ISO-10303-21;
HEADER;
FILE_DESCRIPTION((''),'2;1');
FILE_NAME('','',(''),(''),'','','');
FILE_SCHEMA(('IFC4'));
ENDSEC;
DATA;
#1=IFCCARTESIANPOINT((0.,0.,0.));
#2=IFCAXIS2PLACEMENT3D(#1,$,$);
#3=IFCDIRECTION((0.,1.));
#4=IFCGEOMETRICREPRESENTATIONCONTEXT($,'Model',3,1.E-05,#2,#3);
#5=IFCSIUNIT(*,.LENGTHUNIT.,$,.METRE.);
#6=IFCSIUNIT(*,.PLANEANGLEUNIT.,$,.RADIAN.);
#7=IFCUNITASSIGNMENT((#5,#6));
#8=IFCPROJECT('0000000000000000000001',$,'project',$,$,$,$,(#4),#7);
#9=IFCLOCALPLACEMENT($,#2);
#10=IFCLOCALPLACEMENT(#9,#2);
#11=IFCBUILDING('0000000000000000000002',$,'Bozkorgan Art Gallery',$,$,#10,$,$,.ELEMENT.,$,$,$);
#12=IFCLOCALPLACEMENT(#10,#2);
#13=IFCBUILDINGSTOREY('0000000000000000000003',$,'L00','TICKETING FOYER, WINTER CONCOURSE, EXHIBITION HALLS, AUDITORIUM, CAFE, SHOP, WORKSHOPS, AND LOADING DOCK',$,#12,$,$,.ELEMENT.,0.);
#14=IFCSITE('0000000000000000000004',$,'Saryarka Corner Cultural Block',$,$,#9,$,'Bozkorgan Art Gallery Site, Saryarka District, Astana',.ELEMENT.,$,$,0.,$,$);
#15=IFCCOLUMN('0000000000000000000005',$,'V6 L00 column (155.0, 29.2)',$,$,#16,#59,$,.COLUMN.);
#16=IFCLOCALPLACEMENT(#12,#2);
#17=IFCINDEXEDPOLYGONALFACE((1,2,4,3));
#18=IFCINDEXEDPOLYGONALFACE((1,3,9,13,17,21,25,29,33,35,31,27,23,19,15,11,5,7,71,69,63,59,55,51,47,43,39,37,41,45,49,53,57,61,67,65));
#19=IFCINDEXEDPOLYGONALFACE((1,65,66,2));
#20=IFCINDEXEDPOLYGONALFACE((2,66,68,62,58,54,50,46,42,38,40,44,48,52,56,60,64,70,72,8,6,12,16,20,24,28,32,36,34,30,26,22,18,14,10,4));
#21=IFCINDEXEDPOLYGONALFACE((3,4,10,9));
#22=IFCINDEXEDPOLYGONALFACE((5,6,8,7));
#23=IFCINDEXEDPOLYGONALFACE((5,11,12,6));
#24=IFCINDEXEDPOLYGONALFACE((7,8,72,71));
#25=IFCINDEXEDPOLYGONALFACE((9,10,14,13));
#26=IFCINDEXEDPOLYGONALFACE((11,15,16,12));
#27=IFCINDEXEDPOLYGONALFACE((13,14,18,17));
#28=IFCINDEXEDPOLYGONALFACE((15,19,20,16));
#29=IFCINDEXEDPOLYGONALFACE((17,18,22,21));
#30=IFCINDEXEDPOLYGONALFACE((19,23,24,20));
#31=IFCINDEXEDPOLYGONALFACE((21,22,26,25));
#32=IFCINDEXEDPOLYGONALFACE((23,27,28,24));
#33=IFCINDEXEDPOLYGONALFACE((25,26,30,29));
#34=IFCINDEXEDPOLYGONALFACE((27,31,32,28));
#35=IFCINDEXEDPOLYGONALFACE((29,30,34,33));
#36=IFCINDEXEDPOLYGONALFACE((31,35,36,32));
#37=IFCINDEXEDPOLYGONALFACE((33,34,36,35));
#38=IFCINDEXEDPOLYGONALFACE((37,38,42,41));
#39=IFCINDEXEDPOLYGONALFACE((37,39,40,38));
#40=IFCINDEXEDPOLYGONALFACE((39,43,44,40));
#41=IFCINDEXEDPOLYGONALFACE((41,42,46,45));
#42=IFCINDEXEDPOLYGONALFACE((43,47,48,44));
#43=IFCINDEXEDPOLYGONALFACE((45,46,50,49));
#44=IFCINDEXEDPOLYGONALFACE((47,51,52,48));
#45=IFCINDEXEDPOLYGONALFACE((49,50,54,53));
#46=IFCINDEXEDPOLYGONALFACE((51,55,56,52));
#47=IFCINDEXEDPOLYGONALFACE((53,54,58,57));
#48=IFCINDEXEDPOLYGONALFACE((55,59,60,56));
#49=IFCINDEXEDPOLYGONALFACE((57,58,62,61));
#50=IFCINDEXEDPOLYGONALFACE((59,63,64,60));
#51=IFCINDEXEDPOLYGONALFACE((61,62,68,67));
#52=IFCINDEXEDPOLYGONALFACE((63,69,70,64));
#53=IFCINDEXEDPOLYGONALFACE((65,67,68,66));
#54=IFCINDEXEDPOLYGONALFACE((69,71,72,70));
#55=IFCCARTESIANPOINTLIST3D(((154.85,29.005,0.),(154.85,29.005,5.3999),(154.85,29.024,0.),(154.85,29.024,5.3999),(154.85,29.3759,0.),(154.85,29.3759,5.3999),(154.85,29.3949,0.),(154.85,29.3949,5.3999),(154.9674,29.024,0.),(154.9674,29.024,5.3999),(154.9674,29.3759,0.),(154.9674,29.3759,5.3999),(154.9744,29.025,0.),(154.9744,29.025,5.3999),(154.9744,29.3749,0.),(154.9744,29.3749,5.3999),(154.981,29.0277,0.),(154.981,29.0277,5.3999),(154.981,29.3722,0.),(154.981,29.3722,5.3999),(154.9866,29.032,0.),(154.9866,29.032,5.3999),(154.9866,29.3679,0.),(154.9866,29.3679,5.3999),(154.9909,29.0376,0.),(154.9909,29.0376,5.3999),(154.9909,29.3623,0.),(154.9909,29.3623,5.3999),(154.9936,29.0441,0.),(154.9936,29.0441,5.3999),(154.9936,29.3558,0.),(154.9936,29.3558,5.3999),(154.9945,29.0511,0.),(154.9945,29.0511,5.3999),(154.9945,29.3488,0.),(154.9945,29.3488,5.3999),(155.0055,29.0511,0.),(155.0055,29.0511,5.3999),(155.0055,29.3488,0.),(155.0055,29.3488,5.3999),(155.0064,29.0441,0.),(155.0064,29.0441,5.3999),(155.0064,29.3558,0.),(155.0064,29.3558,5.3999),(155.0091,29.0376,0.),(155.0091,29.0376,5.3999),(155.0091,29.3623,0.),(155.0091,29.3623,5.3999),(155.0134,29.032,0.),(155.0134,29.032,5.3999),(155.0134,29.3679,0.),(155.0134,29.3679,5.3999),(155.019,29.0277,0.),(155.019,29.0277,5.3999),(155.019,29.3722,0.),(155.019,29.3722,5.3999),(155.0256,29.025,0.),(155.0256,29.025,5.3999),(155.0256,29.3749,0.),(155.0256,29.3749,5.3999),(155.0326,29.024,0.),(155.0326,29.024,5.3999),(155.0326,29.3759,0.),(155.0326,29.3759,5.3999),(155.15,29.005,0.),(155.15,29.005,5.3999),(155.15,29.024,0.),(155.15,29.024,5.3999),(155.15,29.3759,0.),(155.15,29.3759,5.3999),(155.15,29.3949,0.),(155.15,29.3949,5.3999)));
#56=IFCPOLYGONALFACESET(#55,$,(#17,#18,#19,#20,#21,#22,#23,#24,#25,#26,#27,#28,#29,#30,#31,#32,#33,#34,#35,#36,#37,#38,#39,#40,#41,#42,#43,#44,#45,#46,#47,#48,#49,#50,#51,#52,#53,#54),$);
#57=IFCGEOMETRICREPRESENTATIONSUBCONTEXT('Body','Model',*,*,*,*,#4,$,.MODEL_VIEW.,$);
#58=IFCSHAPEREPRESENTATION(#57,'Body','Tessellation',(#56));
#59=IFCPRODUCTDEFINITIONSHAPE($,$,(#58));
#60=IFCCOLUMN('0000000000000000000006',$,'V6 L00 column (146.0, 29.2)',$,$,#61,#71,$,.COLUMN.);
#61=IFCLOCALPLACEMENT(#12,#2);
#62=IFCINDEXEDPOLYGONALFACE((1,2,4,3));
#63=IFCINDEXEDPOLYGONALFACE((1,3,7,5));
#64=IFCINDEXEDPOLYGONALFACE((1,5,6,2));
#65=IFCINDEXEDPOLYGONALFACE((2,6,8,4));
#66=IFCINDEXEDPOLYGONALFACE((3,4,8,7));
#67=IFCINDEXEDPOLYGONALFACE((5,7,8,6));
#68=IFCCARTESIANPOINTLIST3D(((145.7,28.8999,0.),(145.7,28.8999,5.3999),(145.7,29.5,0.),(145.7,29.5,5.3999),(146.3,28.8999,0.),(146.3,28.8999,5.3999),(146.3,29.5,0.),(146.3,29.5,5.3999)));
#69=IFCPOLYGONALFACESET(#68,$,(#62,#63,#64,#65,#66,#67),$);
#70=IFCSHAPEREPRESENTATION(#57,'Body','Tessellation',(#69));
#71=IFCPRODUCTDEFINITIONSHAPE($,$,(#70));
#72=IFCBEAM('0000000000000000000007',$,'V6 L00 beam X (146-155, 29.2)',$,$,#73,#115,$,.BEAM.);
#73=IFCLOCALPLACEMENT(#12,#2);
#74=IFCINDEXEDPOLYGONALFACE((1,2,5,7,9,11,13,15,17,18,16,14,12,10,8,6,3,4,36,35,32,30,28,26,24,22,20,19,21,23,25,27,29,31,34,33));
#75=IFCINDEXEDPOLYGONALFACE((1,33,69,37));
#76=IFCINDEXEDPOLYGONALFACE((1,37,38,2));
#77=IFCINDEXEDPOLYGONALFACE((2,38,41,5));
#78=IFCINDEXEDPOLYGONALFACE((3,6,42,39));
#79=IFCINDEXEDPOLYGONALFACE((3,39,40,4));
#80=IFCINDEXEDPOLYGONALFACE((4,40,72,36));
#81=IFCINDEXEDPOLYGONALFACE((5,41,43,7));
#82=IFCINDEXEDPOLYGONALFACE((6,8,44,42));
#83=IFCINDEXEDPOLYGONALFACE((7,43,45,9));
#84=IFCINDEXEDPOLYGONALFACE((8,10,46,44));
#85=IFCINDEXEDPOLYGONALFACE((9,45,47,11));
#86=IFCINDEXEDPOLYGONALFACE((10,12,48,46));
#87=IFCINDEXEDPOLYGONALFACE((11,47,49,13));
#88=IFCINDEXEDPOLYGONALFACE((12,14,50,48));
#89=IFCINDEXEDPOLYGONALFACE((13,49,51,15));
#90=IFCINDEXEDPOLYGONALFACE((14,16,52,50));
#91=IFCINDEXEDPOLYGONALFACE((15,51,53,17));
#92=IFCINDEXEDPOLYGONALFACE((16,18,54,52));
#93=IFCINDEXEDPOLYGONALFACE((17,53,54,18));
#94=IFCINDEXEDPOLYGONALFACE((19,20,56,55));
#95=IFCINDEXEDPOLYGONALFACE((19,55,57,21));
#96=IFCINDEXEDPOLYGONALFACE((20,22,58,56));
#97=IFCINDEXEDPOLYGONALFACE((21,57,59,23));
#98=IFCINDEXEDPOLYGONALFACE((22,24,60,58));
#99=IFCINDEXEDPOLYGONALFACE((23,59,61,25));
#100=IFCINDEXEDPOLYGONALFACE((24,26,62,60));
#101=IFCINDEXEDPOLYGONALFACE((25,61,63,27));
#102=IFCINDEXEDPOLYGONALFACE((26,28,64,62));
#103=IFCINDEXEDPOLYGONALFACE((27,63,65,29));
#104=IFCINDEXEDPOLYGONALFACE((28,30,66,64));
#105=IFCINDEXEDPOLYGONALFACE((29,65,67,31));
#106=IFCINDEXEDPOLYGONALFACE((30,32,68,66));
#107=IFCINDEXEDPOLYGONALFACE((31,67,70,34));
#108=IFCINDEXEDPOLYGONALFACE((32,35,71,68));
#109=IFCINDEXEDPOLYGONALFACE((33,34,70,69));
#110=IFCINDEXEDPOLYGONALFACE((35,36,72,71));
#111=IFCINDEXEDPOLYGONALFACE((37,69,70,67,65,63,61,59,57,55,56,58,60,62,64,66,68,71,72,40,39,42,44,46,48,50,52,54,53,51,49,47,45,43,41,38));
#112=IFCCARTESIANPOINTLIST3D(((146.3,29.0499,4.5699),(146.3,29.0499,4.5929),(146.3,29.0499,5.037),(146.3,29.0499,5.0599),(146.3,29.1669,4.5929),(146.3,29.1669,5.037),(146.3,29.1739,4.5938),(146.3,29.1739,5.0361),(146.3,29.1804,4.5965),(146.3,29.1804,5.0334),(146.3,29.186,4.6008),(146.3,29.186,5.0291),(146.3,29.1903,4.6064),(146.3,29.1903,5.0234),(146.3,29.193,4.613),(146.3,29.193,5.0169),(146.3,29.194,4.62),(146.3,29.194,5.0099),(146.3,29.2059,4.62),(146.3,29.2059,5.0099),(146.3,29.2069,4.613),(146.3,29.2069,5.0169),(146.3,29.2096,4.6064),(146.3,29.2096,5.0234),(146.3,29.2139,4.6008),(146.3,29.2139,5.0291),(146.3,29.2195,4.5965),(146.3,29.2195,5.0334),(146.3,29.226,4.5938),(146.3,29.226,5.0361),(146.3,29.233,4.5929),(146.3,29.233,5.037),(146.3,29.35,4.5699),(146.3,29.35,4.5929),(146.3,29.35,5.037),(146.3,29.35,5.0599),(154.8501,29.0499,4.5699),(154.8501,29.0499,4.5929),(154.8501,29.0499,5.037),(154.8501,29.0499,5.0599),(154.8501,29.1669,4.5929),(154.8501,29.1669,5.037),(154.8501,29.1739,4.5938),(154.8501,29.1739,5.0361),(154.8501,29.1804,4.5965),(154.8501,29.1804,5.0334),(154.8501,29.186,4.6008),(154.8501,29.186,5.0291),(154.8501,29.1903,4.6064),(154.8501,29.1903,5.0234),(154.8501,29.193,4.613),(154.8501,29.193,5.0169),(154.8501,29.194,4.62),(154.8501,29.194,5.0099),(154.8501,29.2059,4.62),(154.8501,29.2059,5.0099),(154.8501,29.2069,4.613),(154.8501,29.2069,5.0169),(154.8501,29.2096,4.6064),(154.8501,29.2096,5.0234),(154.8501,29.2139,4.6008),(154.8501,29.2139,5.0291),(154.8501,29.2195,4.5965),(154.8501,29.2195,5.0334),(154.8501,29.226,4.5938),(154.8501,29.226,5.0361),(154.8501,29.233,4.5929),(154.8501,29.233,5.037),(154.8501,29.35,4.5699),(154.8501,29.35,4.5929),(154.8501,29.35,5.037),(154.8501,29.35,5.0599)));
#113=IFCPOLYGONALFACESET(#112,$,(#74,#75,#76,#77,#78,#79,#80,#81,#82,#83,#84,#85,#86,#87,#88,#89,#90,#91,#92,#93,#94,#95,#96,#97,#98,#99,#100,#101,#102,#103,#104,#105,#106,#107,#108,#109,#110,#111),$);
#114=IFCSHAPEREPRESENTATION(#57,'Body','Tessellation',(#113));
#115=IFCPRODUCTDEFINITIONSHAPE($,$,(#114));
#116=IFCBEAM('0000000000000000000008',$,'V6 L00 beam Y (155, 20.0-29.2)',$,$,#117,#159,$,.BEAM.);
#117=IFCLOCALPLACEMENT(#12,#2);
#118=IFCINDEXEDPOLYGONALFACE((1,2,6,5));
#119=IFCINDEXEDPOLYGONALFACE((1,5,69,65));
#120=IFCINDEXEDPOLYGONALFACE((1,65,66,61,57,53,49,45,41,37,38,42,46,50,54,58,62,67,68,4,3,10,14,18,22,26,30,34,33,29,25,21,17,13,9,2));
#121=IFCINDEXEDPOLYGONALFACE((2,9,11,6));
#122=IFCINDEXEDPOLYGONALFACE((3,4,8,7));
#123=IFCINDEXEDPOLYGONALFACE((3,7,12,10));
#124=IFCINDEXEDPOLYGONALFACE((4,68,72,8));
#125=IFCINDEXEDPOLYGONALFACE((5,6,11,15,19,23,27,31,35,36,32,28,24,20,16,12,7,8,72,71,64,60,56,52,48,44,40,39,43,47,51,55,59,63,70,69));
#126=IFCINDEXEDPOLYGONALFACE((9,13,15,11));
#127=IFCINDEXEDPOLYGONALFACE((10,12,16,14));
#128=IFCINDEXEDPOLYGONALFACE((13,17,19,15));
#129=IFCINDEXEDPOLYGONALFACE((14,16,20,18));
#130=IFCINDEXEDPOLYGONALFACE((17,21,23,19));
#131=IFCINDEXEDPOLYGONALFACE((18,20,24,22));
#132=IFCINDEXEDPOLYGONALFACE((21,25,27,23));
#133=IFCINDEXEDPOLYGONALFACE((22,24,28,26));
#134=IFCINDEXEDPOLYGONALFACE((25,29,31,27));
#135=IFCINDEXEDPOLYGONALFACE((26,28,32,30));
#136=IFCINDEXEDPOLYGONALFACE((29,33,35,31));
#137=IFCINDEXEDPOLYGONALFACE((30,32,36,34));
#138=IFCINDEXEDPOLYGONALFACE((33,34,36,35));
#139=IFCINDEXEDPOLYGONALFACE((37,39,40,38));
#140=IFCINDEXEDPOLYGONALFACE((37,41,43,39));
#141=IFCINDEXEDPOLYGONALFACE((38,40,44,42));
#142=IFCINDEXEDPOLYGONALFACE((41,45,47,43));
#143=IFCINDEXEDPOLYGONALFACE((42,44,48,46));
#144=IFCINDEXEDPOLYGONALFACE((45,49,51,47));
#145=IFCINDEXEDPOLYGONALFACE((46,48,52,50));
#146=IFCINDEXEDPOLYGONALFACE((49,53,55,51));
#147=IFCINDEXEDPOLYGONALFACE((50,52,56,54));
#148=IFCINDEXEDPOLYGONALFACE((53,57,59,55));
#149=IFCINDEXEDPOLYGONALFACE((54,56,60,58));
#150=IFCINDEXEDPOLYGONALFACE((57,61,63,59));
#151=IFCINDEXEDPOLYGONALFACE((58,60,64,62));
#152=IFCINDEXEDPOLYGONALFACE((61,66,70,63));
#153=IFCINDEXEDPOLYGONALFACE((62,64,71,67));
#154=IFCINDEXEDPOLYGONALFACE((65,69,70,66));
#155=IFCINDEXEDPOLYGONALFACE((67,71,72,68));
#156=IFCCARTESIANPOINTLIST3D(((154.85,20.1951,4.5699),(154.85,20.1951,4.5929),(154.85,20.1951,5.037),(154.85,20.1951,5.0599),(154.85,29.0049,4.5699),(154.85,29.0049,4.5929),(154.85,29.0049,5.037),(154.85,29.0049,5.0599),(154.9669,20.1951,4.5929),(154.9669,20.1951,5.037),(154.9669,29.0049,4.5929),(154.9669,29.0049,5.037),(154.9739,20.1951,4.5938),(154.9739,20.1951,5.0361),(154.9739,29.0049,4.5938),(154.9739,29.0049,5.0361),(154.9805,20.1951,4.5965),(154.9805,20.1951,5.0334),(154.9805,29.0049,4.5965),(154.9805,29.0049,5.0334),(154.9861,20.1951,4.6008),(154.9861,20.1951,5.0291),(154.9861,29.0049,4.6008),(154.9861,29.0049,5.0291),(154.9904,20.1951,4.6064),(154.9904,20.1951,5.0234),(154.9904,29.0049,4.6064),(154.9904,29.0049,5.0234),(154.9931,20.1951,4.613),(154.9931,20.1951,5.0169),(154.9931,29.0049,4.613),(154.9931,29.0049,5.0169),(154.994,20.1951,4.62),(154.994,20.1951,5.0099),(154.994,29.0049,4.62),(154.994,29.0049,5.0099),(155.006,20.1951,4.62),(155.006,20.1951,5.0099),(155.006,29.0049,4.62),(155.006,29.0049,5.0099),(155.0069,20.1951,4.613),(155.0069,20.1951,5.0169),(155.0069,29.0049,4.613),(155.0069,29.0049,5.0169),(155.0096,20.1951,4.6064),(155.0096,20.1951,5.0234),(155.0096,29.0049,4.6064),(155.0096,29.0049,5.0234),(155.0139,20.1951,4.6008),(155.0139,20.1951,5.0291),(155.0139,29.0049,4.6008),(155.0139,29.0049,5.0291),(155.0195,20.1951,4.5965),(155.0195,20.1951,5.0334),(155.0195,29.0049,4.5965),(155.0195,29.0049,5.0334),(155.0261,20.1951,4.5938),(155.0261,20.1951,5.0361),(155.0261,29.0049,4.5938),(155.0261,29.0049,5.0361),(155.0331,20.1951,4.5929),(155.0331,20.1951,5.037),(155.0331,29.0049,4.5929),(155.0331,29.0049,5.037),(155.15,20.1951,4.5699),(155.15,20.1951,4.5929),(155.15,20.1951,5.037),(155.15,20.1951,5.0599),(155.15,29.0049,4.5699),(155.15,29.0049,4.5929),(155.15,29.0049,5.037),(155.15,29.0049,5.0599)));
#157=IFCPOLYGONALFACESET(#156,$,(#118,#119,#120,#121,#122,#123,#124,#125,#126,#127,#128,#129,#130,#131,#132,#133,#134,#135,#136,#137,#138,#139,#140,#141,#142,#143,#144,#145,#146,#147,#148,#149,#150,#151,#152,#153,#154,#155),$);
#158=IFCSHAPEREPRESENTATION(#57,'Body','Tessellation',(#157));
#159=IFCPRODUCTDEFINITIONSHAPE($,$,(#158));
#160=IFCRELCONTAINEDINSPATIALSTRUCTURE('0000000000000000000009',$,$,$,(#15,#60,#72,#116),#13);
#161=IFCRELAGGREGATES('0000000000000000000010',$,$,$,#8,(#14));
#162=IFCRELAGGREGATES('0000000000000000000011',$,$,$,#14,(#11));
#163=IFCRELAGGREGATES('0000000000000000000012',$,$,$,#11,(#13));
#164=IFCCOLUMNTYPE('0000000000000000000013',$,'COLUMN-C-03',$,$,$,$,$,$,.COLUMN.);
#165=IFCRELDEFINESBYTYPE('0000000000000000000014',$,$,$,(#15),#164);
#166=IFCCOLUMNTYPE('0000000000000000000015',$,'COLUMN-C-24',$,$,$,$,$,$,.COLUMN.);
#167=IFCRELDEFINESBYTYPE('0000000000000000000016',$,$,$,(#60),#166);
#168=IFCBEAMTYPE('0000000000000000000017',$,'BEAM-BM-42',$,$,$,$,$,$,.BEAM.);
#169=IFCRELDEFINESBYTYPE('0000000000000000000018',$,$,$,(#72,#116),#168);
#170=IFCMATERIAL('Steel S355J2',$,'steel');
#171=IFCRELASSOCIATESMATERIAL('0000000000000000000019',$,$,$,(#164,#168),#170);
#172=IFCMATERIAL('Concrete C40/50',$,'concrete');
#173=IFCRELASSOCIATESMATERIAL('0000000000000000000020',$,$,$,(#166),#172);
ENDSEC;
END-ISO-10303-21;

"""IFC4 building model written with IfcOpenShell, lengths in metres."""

from ifc_helpers import new_model, si_unit, direction, frame, origin, origin_2d, place, context, subcontext, project, spatial, rectangle, i_section, extrude, material, material_profile, profile_set, type_object, element, save


model = new_model("IFC4")

# Units and contexts
model_context = context("Model", 3, precision=1e-05, world=origin(), true_north=direction((0.0, 1.0)))
body_context = subcontext(model_context, "Body", "Model", "MODEL_VIEW")
ifc_project = project(units=[si_unit("LENGTHUNIT", "METRE"), si_unit("PLANEANGLEUNIT", "RADIAN")], contexts=[model_context])

# Site, building, storey
site_placement = place(None, origin())
site = spatial("IfcSite", under=ifc_project, at=site_placement, Name="Saryarka Corner Cultural Block", LongName="Bozkorgan Art Gallery Site, Saryarka District, Astana", CompositionType="ELEMENT", RefElevation=0.0)
building_placement = place(site_placement, origin())
building = spatial("IfcBuilding", under=site, at=building_placement, Name="Bozkorgan Art Gallery", CompositionType="ELEMENT")
storey_placement = place(building_placement, origin())
storey = spatial("IfcBuildingStorey", under=building, at=storey_placement, Name="L00", Description="TICKETING FOYER, WINTER CONCOURSE, EXHIBITION HALLS, AUDITORIUM, CAFE, SHOP, WORKSHOPS, AND LOADING DOCK", CompositionType="ELEMENT", Elevation=0.0)

# Columns
ifc_material_1 = material(Name="Steel S355J2", Category="steel")
ifc_material_profile_1 = material_profile(ifc_material_1, i_section(OverallWidth=0.3, OverallDepth=0.3899, WebThickness=0.011, FlangeThickness=0.019, FilletRadius=0.0271, at=origin_2d()), Name="HEA 400")
ifc_profile_set_1 = profile_set([ifc_material_profile_1], Name="Steel S355J2")
column_type_1 = type_object("IfcColumnType", Name="COLUMN-C-03", PredefinedType="COLUMN", material=ifc_profile_set_1)
column_1_placement = place(storey_placement, frame((155.0, 29.2, 0.0), z_axis=(0.0, 0.0, 1.0), x_axis=(1.0, 0.0, 0.0)))
element("IfcColumn", 1, at=column_1_placement, inside=storey, type_object=column_type_1, Name="V6 L00 column (155.0, 29.2)", PredefinedType="COLUMN", context=body_context, shape_type="SweptSolid", body=[
    extrude(i_section(OverallWidth=0.3, OverallDepth=0.3899, WebThickness=0.011, FlangeThickness=0.019, FilletRadius=0.0271, at=origin_2d()), origin(), (0.0, 0.0, 1.0), 5.3999),
])
ifc_material_2 = material(Name="Concrete C40/50", Category="concrete")
ifc_material_profile_2 = material_profile(ifc_material_2, rectangle(XDim=0.6001, YDim=0.6001, at=origin_2d()), Name="RC 600x600")
ifc_profile_set_2 = profile_set([ifc_material_profile_2], Name="Concrete C40/50")
column_type_2 = type_object("IfcColumnType", Name="COLUMN-C-24", PredefinedType="COLUMN", material=ifc_profile_set_2)
column_2_placement = place(storey_placement, frame((146.0, 29.2, 0.0), z_axis=(0.0, 0.0, 1.0), x_axis=(1.0, 0.0, 0.0)))
element("IfcColumn", 2, at=column_2_placement, inside=storey, type_object=column_type_2, Name="V6 L00 column (146.0, 29.2)", PredefinedType="COLUMN", context=body_context, shape_type="SweptSolid", body=[
    extrude(rectangle(XDim=0.6001, YDim=0.6001, at=origin_2d()), origin(), (0.0, 0.0, 1.0), 5.3999),
])

# Beams
ifc_material_profile_3 = material_profile(ifc_material_1, i_section(OverallWidth=0.3, OverallDepth=0.49, WebThickness=0.012, FlangeThickness=0.0229, FilletRadius=0.0271, at=origin_2d()), Name="HEA 500")
ifc_profile_set_3 = profile_set([ifc_material_profile_3], Name="Steel S355J2")
beam_type_1 = type_object("IfcBeamType", Name="BEAM-BM-42", PredefinedType="BEAM", material=ifc_profile_set_3)
beam_1_placement = place(storey_placement, frame((146.3, 29.2, 4.8149), z_axis=(1.0, 0.0, 0.0), x_axis=(0.0, 1.0, 0.0)))
element("IfcBeam", 3, at=beam_1_placement, inside=storey, type_object=beam_type_1, Name="V6 L00 beam X (146-155, 29.2)", PredefinedType="BEAM", context=body_context, shape_type="SweptSolid", body=[
    extrude(i_section(OverallWidth=0.3, OverallDepth=0.49, WebThickness=0.012, FlangeThickness=0.0229, FilletRadius=0.0271, at=origin_2d()), origin(), (0.0, 0.0, 1.0), 8.55),
])
beam_2_placement = place(storey_placement, frame((155.0, 20.1951, 4.8149), z_axis=(0.0, 1.0, 0.0), x_axis=(-1.0, 0.0, 0.0)))
element("IfcBeam", 4, at=beam_2_placement, inside=storey, type_object=beam_type_1, Name="V6 L00 beam Y (155, 20.0-29.2)", PredefinedType="BEAM", context=body_context, shape_type="SweptSolid", body=[
    extrude(i_section(OverallWidth=0.3, OverallDepth=0.49, WebThickness=0.012, FlangeThickness=0.0229, FilletRadius=0.0271, at=origin_2d()), origin(), (0.0, 0.0, 1.0), 8.8098),
])

save(model, "model.ifc")
